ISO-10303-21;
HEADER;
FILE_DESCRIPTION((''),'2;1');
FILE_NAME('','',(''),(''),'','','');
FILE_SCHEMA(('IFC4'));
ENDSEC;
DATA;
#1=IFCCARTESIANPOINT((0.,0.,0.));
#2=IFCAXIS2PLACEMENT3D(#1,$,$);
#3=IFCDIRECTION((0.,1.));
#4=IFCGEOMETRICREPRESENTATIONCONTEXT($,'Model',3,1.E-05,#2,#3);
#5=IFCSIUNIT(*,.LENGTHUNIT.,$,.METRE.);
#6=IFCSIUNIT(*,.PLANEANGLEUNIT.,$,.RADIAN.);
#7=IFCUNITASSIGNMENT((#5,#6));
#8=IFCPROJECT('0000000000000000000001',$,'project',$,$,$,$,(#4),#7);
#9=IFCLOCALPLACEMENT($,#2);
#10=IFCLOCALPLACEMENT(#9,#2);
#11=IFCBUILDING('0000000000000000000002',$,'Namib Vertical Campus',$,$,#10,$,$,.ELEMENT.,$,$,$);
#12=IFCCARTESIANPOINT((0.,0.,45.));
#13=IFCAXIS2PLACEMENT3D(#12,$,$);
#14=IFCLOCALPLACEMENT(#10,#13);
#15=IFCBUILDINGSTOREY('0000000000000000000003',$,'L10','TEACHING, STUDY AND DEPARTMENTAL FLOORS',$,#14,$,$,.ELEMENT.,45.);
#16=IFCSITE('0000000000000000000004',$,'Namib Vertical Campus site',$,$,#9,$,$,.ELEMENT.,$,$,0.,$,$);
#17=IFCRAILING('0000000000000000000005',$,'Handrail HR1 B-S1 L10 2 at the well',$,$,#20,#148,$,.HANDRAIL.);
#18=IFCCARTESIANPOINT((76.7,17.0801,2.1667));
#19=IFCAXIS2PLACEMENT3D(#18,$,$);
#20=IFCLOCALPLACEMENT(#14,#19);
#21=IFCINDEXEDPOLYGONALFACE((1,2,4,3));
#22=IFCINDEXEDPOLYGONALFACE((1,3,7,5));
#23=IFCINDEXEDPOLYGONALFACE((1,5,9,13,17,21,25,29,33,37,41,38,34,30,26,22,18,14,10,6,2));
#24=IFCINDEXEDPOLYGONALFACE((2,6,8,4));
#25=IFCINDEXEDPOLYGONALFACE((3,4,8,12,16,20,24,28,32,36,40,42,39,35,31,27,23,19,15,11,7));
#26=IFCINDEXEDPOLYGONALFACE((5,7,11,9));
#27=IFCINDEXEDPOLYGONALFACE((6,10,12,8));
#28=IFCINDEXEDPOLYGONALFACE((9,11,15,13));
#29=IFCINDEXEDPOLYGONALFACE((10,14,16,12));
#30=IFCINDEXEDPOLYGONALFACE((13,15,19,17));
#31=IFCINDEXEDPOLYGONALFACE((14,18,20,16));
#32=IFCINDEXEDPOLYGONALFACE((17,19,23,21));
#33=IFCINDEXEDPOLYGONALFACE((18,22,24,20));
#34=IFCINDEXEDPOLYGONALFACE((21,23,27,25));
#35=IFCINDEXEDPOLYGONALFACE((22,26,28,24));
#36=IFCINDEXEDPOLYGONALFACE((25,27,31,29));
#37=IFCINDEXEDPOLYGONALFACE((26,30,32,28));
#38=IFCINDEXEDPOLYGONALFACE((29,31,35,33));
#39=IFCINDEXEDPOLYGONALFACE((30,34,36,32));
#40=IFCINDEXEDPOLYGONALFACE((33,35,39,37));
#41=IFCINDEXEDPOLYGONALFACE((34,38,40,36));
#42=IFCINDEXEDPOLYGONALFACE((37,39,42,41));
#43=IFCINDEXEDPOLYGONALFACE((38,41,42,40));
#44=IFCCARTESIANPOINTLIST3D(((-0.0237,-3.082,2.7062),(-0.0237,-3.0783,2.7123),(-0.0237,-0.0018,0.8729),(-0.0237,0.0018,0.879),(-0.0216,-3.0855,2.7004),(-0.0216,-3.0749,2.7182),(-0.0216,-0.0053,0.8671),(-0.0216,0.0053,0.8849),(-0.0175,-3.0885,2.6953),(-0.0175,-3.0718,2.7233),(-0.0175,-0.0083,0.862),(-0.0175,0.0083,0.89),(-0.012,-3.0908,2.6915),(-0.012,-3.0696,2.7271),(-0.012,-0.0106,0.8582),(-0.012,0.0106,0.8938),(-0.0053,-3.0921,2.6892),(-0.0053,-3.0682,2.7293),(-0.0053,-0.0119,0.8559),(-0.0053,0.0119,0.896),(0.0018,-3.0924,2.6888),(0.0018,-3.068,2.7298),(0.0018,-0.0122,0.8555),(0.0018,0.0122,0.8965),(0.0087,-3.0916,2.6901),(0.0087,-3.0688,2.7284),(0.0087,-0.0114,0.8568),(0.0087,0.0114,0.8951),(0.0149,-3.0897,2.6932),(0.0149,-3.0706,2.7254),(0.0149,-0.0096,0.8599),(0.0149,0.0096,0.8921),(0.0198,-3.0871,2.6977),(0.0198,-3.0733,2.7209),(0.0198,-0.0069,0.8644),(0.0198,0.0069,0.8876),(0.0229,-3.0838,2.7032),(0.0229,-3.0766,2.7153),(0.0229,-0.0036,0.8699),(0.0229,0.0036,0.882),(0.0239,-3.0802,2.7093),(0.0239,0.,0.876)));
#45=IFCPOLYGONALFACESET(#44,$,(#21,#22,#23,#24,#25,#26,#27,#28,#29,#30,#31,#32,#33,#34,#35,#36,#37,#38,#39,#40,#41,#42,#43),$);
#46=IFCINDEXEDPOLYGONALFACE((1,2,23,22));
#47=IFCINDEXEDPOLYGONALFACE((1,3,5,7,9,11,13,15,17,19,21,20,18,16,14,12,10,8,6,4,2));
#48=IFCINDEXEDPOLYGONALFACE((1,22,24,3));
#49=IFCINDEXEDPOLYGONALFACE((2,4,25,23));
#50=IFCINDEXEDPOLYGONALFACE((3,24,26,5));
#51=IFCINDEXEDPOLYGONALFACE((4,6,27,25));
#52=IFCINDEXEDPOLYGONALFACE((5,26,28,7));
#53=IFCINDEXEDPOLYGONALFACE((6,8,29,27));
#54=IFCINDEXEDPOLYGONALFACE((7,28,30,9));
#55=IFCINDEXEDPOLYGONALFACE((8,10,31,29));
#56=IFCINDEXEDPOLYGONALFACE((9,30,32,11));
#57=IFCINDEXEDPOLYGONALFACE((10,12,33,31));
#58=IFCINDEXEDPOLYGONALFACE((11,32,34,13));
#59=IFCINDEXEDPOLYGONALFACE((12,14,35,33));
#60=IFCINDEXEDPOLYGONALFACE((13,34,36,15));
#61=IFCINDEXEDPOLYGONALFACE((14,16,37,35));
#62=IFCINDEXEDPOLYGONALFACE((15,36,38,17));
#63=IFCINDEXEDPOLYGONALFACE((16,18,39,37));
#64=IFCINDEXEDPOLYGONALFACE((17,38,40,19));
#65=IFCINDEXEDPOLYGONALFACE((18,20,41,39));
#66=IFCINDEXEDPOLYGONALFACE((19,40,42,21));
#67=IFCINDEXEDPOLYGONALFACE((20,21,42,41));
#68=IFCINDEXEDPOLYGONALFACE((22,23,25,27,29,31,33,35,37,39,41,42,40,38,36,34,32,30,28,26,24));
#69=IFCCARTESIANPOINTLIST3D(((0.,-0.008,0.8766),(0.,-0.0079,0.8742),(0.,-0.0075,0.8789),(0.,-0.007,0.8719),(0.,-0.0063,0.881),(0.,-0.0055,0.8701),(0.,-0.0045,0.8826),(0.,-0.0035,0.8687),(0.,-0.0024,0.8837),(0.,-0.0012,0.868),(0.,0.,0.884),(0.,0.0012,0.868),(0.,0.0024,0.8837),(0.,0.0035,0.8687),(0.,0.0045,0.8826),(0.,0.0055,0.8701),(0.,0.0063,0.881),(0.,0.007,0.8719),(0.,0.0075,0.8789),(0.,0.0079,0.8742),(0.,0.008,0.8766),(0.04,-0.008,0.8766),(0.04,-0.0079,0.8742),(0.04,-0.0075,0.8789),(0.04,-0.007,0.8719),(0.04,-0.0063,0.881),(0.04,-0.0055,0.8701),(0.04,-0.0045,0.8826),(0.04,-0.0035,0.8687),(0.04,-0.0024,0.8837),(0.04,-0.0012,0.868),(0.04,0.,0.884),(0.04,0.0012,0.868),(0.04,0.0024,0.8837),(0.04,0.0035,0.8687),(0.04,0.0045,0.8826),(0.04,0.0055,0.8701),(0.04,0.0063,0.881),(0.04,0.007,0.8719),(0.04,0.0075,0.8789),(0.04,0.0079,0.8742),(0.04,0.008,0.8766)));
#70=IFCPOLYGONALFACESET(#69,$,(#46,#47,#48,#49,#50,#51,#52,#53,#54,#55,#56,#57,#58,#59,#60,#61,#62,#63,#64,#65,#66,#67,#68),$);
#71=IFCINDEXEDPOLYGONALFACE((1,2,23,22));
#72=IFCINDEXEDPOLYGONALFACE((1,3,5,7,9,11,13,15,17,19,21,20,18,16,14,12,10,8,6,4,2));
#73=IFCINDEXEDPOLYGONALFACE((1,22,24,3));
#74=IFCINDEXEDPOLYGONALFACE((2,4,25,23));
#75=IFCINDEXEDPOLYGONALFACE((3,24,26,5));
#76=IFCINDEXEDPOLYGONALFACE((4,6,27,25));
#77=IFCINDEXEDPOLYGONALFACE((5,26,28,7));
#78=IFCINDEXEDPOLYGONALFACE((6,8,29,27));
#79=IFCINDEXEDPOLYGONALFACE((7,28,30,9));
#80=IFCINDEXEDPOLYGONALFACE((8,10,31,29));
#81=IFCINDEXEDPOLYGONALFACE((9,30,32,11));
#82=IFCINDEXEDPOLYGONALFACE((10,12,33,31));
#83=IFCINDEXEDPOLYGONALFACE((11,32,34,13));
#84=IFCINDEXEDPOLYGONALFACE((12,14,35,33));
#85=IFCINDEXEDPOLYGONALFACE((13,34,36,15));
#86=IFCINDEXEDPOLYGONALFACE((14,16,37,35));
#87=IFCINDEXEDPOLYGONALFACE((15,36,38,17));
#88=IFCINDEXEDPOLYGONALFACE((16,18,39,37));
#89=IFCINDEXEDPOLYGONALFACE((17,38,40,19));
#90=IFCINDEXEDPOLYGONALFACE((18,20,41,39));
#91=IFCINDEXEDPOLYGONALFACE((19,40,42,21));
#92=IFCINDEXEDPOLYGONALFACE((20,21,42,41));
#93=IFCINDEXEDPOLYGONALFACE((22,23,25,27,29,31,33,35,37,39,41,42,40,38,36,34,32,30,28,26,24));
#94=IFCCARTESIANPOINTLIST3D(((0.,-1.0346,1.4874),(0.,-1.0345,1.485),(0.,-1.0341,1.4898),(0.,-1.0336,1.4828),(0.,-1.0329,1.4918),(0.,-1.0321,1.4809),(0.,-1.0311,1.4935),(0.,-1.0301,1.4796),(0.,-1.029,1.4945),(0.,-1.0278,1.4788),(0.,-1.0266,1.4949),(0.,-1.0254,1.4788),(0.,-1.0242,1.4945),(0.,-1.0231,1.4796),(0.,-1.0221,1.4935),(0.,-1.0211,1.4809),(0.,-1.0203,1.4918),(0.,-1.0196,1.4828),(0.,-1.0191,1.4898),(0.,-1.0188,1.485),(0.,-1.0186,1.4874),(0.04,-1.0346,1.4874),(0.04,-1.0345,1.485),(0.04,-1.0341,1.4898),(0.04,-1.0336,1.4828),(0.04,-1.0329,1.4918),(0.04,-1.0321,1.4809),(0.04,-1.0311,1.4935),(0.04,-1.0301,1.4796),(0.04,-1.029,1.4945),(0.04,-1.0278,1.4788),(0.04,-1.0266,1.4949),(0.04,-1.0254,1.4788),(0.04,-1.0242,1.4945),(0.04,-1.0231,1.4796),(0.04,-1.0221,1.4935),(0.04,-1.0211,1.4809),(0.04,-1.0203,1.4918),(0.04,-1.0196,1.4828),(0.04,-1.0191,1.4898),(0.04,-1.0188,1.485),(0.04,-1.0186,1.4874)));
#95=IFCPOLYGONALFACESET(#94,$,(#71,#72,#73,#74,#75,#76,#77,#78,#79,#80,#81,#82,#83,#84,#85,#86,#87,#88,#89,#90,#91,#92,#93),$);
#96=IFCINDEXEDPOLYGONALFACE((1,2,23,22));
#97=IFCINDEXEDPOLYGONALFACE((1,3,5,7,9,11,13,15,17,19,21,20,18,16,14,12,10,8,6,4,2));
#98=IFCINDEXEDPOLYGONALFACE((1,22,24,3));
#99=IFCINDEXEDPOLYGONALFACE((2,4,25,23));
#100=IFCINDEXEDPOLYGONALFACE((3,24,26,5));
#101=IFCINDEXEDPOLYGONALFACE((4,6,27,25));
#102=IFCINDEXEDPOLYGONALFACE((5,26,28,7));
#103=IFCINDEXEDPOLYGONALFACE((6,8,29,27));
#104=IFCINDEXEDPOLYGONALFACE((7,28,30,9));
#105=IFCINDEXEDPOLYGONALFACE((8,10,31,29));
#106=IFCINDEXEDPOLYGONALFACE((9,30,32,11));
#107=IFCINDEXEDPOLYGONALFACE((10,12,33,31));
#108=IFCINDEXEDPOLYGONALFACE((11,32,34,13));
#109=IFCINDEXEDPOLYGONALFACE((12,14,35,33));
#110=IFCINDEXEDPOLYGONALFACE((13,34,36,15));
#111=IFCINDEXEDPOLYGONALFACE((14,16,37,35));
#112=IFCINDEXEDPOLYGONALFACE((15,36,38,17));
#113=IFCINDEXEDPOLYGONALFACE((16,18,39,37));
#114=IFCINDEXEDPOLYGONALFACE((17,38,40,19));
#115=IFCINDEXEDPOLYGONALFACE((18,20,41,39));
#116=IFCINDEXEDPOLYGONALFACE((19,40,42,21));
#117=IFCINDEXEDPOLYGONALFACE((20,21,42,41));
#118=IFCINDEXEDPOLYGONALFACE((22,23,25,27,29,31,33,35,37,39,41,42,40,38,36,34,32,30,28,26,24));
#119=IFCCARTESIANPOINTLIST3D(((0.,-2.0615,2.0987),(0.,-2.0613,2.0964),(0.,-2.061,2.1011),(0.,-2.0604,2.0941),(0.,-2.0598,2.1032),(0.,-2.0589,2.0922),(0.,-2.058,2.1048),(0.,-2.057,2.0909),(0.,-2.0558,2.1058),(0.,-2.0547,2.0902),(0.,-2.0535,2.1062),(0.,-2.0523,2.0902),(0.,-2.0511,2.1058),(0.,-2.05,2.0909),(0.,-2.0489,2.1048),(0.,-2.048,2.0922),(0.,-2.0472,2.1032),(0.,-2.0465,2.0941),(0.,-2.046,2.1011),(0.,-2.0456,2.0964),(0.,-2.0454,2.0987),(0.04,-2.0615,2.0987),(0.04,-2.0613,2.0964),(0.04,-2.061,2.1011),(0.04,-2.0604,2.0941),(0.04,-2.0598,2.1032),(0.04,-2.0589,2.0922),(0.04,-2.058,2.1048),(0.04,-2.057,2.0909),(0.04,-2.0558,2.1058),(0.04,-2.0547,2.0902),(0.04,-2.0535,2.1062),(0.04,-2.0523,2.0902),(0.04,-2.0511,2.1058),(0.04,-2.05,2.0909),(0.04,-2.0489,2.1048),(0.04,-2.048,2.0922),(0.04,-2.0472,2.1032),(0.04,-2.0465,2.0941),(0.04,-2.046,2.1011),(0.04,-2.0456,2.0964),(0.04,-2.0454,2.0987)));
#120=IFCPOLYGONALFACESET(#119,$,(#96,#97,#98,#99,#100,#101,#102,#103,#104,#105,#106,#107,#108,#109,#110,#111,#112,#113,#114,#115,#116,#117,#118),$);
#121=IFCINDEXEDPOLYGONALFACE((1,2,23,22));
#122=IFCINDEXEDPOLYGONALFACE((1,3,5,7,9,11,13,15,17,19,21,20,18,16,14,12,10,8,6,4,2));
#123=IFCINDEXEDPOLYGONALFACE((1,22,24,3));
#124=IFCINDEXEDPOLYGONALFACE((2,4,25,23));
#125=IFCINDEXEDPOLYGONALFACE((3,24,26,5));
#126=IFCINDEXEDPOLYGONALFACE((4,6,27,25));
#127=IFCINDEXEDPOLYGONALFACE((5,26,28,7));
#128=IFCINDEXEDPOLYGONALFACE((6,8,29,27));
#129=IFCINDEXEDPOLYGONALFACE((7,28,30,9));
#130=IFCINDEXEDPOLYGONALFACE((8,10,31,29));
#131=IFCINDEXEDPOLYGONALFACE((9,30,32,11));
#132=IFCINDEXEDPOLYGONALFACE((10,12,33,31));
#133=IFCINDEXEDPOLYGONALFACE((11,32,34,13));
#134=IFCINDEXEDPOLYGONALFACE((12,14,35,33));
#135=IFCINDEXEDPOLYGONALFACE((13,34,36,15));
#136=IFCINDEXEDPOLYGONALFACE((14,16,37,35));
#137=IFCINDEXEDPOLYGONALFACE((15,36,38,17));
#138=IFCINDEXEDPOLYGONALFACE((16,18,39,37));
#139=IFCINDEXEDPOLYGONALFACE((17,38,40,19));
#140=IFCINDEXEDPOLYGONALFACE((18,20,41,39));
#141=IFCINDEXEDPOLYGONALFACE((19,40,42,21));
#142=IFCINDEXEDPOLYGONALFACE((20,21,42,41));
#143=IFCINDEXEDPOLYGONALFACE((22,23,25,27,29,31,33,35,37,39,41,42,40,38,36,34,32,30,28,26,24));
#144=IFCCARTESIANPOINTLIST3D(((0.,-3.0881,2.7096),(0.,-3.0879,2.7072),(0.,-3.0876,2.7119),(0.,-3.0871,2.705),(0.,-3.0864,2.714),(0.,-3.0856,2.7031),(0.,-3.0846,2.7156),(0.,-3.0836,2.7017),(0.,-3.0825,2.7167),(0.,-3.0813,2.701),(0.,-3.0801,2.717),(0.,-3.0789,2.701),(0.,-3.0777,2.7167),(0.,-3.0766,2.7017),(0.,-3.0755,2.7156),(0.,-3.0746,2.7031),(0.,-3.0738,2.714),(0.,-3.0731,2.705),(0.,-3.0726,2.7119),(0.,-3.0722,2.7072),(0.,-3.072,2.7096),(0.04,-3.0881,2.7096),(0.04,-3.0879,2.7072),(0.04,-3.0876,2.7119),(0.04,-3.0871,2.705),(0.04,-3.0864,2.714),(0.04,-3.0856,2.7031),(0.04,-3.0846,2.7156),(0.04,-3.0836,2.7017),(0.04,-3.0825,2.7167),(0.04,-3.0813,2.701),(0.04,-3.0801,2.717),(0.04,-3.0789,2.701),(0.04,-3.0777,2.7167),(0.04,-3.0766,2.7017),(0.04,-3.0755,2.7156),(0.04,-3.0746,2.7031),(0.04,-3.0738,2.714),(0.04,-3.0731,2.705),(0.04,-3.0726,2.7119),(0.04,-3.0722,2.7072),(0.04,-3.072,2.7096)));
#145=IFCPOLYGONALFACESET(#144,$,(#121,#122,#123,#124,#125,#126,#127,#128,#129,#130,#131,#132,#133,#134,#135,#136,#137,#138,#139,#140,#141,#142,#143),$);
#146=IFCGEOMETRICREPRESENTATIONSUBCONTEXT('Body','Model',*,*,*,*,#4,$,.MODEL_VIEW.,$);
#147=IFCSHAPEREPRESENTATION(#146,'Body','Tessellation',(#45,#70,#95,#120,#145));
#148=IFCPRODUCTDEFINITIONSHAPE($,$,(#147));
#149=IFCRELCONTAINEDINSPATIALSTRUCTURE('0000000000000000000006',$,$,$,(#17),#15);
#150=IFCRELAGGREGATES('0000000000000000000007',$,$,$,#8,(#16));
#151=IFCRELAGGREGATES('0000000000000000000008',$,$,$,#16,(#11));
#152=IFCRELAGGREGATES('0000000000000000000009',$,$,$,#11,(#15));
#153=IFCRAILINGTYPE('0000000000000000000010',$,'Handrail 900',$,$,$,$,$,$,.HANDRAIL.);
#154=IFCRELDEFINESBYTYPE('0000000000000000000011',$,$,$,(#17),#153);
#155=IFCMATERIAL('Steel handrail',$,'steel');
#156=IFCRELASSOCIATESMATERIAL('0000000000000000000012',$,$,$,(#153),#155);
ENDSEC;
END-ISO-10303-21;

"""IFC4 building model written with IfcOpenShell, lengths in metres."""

from ifc_helpers import new_model, si_unit, direction, frame, origin, origin_2d, place, context, subcontext, project, spatial, circle, extrude, material, type_object, element, save


model = new_model("IFC4")

# Units and contexts
model_context = context("Model", 3, precision=1e-05, world=origin(), true_north=direction((0.0, 1.0)))
body_context = subcontext(model_context, "Body", "Model", "MODEL_VIEW")
ifc_project = project(units=[si_unit("LENGTHUNIT", "METRE"), si_unit("PLANEANGLEUNIT", "RADIAN")], contexts=[model_context])

# Site, building, storey
site_placement = place(None, origin())
site = spatial("IfcSite", under=ifc_project, at=site_placement, Name="Namib Vertical Campus site", CompositionType="ELEMENT", RefElevation=0.0)
building_placement = place(site_placement, origin())
building = spatial("IfcBuilding", under=site, at=building_placement, Name="Namib Vertical Campus", CompositionType="ELEMENT")
storey_placement = place(building_placement, frame((0.0, 0.0, 45.0)))
storey = spatial("IfcBuildingStorey", under=building, at=storey_placement, Name="L10", Description="TEACHING, STUDY AND DEPARTMENTAL FLOORS", CompositionType="ELEMENT", Elevation=45.0)

# Railing
ifc_material_1 = material(Name="Steel handrail", Category="steel")
railing_type_1 = type_object("IfcRailingType", Name="Handrail 900", PredefinedType="HANDRAIL", material=ifc_material_1)
railing_1_placement = place(storey_placement, frame((76.7, 17.0801, 2.1667)))
element("IfcRailing", 1, at=railing_1_placement, inside=storey, type_object=railing_type_1, Name="Handrail HR1 B-S1 L10 2 at the well", PredefinedType="HANDRAIL", context=body_context, shape_type="SweptSolid", body=[
    extrude(circle(Radius=0.0239, at=origin_2d()), frame((0.0, 0.0, 0.876), z_axis=(0.0, -0.859309, 0.511458), x_axis=(1.0, 0.0, 0.0)), (0.0, 0.0, 1.0), 3.5845),
    extrude(circle(Radius=0.0081, at=origin_2d()), frame((0.0, 0.0, 0.876), z_axis=(1.0, 0.0, 0.0), x_axis=(0.0, 0.0, 1.0)), (0.0, 0.0, 1.0), 0.04),
    extrude(circle(Radius=0.0081, at=origin_2d()), frame((0.0, -1.0266, 1.4868), z_axis=(1.0, 0.0, 0.0), x_axis=(0.0, 0.0, 1.0)), (0.0, 0.0, 1.0), 0.04),
    extrude(circle(Radius=0.0081, at=origin_2d()), frame((0.0, -2.0535, 2.0981), z_axis=(1.0, 0.0, 0.0), x_axis=(0.0, 0.0, 1.0)), (0.0, 0.0, 1.0), 0.04),
    extrude(circle(Radius=0.0081, at=origin_2d()), frame((0.0, -3.0801, 2.709), z_axis=(1.0, 0.0, 0.0), x_axis=(0.0, 0.0, 1.0)), (0.0, 0.0, 1.0), 0.04),
])

save(model, "model.ifc")
